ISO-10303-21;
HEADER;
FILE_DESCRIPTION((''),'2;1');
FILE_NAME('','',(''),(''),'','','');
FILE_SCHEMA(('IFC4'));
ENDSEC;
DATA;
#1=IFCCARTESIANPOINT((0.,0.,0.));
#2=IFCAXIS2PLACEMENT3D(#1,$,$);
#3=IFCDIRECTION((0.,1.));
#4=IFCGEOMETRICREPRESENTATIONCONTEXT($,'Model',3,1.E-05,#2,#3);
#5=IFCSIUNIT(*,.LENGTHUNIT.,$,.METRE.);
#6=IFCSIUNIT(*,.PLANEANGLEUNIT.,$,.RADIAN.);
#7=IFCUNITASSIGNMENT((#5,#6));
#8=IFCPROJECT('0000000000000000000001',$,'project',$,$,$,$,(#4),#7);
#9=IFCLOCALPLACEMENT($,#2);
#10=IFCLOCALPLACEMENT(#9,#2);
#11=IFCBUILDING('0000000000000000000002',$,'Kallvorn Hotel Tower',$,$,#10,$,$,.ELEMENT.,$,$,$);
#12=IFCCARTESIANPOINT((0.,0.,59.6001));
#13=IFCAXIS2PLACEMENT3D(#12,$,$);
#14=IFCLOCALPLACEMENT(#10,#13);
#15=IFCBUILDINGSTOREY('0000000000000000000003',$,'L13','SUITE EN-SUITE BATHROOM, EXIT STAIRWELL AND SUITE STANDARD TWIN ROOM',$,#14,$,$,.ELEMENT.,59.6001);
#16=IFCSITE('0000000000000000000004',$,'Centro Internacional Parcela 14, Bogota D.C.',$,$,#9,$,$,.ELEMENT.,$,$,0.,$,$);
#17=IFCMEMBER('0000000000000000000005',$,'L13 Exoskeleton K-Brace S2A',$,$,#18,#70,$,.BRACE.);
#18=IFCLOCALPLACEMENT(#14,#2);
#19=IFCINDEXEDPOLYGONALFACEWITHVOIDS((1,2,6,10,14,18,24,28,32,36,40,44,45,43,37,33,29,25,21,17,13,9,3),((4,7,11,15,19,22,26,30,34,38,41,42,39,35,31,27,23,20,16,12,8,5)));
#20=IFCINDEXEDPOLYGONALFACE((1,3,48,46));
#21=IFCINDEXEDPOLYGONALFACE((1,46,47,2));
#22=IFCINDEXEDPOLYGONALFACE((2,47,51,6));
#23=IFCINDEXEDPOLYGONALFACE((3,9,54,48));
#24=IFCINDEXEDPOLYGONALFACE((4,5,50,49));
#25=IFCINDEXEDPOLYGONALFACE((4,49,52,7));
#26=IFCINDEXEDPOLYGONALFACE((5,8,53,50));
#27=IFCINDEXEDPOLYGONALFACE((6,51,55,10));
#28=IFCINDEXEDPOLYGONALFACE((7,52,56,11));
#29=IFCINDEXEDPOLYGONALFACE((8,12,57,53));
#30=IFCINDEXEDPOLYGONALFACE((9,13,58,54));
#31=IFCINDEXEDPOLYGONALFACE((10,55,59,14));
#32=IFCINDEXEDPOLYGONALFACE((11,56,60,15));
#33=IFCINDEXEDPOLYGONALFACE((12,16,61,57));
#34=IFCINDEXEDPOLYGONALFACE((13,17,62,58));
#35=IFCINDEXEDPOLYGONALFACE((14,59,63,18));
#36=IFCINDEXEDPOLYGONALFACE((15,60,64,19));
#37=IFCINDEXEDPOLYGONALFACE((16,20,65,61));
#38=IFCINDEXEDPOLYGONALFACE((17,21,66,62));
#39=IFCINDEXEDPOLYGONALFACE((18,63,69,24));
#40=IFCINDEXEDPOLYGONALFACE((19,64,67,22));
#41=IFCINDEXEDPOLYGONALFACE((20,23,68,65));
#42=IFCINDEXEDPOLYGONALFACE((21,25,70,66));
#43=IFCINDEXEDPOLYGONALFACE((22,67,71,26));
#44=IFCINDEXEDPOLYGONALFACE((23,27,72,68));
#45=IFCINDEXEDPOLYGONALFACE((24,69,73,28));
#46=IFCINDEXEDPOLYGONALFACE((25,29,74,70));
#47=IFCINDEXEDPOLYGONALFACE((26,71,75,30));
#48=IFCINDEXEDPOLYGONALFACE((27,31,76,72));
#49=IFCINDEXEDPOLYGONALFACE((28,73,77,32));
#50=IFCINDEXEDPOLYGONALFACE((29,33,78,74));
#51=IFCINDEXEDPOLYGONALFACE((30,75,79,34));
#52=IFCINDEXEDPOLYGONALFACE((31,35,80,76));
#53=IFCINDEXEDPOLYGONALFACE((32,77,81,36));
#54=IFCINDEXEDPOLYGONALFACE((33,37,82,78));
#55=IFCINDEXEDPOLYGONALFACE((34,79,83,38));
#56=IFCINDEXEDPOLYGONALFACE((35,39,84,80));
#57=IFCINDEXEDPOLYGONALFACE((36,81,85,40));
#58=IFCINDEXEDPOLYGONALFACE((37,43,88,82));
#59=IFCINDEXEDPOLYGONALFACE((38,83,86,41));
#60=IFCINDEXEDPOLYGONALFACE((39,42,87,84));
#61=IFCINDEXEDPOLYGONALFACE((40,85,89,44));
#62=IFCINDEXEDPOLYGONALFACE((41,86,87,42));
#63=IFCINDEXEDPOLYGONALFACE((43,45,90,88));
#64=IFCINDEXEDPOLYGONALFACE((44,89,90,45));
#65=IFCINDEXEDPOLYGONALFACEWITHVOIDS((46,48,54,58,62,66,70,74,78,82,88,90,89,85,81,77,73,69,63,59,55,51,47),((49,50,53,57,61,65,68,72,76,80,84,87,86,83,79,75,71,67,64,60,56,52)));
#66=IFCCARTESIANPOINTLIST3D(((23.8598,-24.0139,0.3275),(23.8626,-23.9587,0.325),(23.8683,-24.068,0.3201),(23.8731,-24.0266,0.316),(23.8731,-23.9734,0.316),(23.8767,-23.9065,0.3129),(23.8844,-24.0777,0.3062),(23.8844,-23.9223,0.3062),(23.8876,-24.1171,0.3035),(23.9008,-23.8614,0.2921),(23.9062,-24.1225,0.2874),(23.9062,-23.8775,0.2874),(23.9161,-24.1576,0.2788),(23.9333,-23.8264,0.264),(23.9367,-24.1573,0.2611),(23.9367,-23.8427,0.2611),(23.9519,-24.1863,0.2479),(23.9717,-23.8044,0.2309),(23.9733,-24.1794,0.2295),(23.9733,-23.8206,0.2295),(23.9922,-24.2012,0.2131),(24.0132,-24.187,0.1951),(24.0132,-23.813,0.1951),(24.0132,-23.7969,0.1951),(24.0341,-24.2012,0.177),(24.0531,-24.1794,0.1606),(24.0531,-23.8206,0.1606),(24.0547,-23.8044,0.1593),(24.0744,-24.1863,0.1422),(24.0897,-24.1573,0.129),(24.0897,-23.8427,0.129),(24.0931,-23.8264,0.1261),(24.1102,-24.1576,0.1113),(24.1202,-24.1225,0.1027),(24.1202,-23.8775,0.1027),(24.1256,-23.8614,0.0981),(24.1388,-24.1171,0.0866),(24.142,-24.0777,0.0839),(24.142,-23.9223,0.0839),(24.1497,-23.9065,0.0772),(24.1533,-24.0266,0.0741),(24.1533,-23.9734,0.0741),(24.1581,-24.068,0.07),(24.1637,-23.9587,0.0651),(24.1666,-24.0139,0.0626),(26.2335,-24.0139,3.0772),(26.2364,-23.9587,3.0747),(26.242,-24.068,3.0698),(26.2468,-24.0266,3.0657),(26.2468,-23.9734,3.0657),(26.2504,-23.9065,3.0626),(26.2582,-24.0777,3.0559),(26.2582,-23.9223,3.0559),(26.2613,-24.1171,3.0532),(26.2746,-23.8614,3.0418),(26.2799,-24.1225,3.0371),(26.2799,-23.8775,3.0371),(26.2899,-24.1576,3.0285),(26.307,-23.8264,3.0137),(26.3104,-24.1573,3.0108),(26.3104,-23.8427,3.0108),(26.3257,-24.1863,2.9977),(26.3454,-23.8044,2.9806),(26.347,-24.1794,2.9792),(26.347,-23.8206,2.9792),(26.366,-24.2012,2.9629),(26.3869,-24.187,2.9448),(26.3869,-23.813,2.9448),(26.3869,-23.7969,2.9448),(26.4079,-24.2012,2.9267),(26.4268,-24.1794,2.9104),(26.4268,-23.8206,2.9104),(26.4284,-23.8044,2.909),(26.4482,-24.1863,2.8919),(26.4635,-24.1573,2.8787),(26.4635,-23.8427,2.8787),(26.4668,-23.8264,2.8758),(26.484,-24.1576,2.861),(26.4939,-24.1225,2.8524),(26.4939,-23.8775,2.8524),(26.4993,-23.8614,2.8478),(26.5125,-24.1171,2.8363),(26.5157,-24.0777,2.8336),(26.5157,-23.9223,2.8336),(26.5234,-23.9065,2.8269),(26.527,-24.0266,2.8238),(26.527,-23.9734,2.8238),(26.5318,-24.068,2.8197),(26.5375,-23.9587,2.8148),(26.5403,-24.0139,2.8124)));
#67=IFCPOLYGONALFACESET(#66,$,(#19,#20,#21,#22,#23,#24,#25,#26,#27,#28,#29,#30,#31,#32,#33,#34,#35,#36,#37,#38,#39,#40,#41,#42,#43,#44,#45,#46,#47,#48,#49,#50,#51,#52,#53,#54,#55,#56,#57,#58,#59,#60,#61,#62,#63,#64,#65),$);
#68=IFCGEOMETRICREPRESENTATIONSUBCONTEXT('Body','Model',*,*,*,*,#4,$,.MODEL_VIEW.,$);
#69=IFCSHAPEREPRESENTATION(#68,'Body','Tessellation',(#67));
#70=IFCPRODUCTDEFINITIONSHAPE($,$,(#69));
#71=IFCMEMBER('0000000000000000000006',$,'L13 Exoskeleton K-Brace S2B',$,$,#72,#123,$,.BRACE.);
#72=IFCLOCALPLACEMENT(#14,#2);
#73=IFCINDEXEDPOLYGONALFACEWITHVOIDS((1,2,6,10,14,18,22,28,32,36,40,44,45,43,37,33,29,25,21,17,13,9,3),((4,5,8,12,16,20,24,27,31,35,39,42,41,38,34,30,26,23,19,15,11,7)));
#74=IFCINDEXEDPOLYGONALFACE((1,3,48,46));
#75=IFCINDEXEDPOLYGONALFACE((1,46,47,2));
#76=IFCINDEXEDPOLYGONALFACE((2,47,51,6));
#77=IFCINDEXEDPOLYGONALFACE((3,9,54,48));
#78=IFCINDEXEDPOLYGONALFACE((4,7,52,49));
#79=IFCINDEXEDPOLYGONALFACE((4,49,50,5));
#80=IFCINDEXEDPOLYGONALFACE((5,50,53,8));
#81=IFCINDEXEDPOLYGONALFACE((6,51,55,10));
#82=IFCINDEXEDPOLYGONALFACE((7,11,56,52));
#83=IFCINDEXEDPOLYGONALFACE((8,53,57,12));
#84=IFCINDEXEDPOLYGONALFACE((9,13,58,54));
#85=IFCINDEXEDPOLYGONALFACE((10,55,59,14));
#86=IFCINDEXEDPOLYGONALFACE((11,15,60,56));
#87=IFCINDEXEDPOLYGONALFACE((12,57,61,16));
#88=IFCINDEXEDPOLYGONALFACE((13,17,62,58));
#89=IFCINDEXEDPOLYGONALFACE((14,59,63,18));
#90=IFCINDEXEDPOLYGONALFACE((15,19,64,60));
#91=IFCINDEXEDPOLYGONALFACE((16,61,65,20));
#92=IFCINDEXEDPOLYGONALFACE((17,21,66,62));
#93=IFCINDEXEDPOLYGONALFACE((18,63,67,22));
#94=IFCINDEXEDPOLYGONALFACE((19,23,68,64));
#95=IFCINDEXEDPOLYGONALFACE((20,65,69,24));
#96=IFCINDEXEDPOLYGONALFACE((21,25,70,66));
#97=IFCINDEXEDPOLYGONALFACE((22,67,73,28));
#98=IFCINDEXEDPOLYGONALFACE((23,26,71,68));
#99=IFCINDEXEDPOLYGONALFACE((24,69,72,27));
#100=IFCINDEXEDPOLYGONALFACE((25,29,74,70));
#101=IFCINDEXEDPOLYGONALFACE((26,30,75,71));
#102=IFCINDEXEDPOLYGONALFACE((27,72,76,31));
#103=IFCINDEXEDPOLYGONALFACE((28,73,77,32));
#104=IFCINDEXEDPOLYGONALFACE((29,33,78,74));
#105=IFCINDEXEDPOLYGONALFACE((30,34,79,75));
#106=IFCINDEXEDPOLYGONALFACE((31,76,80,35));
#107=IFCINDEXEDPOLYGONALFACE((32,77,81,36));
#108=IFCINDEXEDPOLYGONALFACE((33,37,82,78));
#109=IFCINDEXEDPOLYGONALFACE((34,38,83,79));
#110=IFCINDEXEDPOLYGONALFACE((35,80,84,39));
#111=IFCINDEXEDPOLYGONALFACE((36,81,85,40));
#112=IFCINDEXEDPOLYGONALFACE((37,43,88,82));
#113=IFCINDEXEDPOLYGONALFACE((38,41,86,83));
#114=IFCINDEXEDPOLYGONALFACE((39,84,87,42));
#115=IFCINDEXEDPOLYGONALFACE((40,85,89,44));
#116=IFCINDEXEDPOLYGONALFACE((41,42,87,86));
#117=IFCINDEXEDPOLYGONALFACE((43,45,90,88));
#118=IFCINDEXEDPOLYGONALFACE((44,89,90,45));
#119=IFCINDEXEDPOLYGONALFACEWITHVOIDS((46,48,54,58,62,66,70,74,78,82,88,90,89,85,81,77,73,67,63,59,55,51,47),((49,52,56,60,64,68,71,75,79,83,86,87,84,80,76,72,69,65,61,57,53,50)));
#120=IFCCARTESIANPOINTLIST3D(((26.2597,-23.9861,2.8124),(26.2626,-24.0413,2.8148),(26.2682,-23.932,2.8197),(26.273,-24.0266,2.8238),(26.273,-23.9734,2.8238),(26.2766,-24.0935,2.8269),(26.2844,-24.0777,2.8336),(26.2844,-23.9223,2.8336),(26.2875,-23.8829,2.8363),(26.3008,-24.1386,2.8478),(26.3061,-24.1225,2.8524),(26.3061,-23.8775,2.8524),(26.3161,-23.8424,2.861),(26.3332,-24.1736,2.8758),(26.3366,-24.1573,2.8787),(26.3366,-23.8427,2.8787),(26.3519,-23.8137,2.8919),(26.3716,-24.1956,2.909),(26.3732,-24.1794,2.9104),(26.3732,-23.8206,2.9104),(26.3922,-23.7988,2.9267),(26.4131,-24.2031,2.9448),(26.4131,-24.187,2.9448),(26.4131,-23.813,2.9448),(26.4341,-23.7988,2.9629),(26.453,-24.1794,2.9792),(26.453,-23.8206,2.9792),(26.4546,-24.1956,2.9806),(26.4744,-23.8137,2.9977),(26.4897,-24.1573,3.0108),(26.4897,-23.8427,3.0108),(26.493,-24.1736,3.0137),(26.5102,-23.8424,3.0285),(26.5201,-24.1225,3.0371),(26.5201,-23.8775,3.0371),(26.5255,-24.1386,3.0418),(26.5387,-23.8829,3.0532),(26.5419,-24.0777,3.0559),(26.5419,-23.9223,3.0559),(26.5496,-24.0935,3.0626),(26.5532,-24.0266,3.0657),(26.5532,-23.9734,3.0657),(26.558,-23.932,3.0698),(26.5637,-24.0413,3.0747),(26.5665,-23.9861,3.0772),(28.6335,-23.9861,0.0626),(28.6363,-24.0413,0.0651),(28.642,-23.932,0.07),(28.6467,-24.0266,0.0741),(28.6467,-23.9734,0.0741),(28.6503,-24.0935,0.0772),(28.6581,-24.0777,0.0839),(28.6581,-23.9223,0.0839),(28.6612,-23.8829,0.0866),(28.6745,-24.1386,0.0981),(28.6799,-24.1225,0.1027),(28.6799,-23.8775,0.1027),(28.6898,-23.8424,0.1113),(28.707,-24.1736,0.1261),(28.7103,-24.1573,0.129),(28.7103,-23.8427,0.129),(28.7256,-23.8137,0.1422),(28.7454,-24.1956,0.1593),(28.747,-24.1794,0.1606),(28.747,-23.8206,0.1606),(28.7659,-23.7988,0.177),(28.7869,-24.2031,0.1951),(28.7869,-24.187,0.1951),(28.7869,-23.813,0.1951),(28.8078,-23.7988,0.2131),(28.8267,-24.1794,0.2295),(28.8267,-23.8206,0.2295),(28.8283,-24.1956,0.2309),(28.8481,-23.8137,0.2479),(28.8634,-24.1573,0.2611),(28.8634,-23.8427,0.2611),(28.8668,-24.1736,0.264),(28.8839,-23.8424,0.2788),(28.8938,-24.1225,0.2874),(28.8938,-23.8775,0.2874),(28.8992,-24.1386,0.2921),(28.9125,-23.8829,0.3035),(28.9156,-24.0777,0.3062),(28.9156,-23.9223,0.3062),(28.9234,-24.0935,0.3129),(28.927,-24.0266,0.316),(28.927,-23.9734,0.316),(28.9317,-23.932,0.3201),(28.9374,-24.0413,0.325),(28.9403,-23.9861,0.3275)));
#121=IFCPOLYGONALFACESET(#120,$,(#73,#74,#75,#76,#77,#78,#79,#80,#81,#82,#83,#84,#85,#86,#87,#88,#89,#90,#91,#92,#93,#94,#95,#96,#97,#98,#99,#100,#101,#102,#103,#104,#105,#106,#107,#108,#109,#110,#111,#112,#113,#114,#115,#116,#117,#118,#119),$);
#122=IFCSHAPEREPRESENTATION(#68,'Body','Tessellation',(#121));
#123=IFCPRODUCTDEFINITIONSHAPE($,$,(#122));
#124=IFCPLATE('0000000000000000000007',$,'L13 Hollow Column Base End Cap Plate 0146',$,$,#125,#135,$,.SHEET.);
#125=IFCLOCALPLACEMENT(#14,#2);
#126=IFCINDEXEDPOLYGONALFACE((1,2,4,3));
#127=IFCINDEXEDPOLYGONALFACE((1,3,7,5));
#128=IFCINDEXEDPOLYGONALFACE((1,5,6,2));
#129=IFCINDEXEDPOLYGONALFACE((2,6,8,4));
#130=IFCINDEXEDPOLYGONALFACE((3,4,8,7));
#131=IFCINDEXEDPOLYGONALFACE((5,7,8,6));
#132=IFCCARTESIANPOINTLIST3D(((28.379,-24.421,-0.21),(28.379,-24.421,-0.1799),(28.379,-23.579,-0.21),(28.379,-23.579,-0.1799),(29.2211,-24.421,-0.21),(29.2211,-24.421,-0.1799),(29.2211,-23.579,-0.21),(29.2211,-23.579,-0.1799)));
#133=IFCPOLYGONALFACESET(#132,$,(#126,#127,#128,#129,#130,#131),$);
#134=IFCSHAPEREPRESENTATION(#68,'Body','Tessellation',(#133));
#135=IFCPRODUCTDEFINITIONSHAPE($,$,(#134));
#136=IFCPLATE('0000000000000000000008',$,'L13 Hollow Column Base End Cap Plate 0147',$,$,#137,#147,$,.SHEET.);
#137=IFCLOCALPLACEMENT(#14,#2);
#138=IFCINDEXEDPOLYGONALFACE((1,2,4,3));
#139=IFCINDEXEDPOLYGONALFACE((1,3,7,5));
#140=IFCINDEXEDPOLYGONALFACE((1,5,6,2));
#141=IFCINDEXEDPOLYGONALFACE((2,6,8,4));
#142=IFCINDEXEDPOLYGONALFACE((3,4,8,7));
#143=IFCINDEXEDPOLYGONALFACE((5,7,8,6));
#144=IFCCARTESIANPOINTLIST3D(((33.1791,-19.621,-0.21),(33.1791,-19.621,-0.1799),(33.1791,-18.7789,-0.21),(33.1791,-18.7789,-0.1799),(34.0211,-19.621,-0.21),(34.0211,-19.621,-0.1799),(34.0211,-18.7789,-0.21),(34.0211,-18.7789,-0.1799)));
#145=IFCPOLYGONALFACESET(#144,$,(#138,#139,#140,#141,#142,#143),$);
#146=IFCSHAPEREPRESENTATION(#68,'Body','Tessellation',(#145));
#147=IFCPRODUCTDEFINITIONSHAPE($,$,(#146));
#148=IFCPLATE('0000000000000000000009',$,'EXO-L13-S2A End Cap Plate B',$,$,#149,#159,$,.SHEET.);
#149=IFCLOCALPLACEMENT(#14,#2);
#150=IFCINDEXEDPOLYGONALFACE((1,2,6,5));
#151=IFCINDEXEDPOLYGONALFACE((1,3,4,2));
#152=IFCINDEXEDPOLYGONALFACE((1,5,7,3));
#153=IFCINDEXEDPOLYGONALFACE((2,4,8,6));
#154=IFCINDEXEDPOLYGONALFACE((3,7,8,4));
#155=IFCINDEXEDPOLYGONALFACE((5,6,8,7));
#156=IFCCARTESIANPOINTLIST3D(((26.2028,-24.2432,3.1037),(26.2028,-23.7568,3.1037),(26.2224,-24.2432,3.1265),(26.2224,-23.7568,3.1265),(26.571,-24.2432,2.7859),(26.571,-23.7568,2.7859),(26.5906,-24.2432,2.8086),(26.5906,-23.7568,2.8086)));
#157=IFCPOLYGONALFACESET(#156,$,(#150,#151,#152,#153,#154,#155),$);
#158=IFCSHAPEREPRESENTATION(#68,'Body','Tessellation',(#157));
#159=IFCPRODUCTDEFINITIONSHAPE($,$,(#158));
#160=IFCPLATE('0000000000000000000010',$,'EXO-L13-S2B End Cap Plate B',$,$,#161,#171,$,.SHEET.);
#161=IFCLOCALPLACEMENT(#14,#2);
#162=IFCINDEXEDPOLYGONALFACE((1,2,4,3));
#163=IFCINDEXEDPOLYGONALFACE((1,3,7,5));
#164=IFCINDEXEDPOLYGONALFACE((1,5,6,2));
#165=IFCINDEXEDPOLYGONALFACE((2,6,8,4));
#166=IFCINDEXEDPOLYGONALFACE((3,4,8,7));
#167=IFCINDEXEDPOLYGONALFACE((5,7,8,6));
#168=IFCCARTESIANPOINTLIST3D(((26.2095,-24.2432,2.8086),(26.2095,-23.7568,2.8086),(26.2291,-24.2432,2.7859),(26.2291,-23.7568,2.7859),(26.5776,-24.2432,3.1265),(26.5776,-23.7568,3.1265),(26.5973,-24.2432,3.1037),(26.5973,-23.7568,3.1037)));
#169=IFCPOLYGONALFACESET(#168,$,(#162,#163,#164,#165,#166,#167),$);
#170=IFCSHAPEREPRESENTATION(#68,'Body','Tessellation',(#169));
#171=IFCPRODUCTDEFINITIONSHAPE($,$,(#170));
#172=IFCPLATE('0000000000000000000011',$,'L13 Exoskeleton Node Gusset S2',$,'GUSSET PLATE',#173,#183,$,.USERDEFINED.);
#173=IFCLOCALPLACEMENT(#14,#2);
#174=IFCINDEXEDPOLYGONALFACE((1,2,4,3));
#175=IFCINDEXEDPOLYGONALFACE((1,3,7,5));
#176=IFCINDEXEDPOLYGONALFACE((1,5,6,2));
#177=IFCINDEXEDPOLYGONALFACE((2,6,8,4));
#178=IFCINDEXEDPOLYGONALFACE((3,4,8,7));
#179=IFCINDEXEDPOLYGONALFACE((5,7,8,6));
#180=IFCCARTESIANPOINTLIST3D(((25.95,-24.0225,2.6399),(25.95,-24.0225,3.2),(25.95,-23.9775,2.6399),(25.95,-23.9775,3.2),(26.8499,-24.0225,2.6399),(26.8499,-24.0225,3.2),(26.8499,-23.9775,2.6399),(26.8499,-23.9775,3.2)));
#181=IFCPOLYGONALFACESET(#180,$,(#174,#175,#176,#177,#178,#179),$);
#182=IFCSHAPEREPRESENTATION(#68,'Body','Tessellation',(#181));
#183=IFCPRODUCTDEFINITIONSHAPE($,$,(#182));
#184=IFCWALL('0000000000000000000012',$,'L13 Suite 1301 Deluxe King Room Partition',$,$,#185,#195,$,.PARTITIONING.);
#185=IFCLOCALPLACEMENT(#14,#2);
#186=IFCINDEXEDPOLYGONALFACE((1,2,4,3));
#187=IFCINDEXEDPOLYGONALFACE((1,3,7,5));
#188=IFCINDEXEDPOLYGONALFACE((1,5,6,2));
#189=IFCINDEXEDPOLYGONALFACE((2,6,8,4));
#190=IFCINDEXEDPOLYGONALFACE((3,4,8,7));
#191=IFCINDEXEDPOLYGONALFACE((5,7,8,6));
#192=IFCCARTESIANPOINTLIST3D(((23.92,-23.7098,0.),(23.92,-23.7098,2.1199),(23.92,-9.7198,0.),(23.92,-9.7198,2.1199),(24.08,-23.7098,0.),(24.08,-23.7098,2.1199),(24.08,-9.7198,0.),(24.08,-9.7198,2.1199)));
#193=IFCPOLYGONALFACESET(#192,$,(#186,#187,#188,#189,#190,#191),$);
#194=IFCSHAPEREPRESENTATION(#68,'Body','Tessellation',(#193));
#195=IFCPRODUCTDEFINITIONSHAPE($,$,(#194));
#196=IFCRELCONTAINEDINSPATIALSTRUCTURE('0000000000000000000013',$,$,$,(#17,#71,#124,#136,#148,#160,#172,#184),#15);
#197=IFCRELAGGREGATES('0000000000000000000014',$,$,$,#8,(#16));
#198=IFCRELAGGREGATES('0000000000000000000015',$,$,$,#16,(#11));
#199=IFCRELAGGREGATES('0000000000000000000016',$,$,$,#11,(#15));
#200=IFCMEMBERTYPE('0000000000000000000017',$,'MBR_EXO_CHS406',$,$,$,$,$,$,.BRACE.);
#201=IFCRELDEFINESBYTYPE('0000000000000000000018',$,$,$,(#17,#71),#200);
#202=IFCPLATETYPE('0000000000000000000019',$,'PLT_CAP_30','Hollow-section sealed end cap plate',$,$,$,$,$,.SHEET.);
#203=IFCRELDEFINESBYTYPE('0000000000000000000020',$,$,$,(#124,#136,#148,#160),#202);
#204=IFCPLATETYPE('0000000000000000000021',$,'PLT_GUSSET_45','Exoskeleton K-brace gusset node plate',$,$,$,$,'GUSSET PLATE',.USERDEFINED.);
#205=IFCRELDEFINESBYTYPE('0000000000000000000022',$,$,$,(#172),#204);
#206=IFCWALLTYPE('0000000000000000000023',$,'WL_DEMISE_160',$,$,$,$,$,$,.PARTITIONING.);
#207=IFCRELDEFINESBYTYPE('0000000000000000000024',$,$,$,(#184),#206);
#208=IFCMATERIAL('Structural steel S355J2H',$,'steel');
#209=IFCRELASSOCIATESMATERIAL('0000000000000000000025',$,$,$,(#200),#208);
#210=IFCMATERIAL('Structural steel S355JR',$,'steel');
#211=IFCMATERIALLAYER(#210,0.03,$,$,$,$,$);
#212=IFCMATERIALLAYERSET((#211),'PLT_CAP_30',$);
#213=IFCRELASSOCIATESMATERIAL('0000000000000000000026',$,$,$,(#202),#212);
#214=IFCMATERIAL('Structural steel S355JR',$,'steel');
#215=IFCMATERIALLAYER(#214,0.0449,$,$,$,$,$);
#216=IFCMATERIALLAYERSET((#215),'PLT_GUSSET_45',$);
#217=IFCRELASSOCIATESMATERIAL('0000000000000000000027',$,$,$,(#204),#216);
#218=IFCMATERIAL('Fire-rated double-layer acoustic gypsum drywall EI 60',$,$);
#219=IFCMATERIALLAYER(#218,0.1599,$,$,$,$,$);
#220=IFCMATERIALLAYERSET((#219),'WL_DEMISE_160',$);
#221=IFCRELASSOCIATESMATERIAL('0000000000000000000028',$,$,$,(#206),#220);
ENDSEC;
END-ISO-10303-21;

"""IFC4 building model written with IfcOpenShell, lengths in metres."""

from ifc_helpers import new_model, si_unit, direction, frame, frame_2d, origin, origin_2d, place, context, subcontext, project, spatial, polyline, rectangle, hollow_circle, outline, extrude, material, layer, layer_set, material_profile, profile_set, type_object, element, save


model = new_model("IFC4")

# Units and contexts
model_context = context("Model", 3, precision=1e-05, world=origin(), true_north=direction((0.0, 1.0)))
body_context = subcontext(model_context, "Body", "Model", "MODEL_VIEW")
ifc_project = project(units=[si_unit("LENGTHUNIT", "METRE"), si_unit("PLANEANGLEUNIT", "RADIAN")], contexts=[model_context])

# Site, building, storey
site_placement = place(None, origin())
site = spatial("IfcSite", under=ifc_project, at=site_placement, Name="Centro Internacional Parcela 14, Bogota D.C.", CompositionType="ELEMENT", RefElevation=0.0)
building_placement = place(site_placement, origin())
building = spatial("IfcBuilding", under=site, at=building_placement, Name="Kallvorn Hotel Tower", CompositionType="ELEMENT")
storey_placement = place(building_placement, frame((0.0, 0.0, 59.6001)))
storey = spatial("IfcBuildingStorey", under=building, at=storey_placement, Name="L13", Description="SUITE EN-SUITE BATHROOM, EXIT STAIRWELL AND SUITE STANDARD TWIN ROOM", CompositionType="ELEMENT", Elevation=59.6001)

# Members
ifc_material_1 = material(Name="Structural steel S355J2H", Category="steel")
ifc_material_profile_1 = material_profile(ifc_material_1, hollow_circle(Radius=0.2031, WallThickness=0.0161, at=origin_2d()), Name="CHS 406.4x16")
ifc_profile_set_1 = profile_set([ifc_material_profile_1], Name="Structural steel S355J2H")
member_type = type_object("IfcMemberType", Name="MBR_EXO_CHS406", PredefinedType="BRACE", material=ifc_profile_set_1)
for number, where, z_axis, x_axis, name in (
    (1, (24.0132, -24.0, 0.1951), (0.653461, 0.0, 0.756961), (0.0, 1.0, 0.0), "L13 Exoskeleton K-Brace S2A"),
    (2, (28.7869, -24.0, 0.1951), (-0.653461, 0.0, 0.756961), (0.0, -1.0, 0.0), "L13 Exoskeleton K-Brace S2B"),
):
    element("IfcMember", number, at=place(storey_placement, frame(where, z_axis=z_axis, x_axis=x_axis)), inside=storey, type_object=member_type, Name=name, PredefinedType="BRACE", context=body_context, shape_type="SweptSolid", body=[
        extrude(hollow_circle(Radius=0.2031, WallThickness=0.0161, at=origin_2d()), origin(), (0.0, 0.0, 1.0), 3.6326),
    ])

# Plates
ifc_material_2 = material(Name="Structural steel S355JR", Category="steel")
ifc_layer_1 = layer(ifc_material_2, 0.03)
ifc_layer_set_1 = layer_set([ifc_layer_1], Name="PLT_CAP_30")
plate_type_1 = type_object("IfcPlateType", Name="PLT_CAP_30", Description="Hollow-section sealed end cap plate", PredefinedType="SHEET", material=ifc_layer_set_1)
for number, where, z_axis, x_axis, name in (
    (3, (28.8, -24.0, -0.21), (0.0, 0.0, 1.0), (1.0, 0.0, 0.0), "L13 Hollow Column Base End Cap Plate 0146"),
    (4, (33.6001, -19.2, -0.21), (0.0, 0.0, 1.0), (1.0, 0.0, 0.0), "L13 Hollow Column Base End Cap Plate 0147"),
):
    element("IfcPlate", number, at=place(storey_placement, frame(where, z_axis=z_axis, x_axis=x_axis)), inside=storey, type_object=plate_type_1, Name=name, PredefinedType="SHEET", context=body_context, shape_type="SweptSolid", body=[
        extrude(rectangle(XDim=0.842, YDim=0.842, at=origin_2d()), origin(), (0.0, 0.0, 1.0), 0.03),
    ])
for number, where, z_axis, x_axis, name in (
    (5, (26.5906, -24.2432, 2.8086), (0.653515, 0.0, 0.756913), (0.0, 1.0, 0.0), "EXO-L13-S2A End Cap Plate B"),
    (6, (26.2095, -23.7568, 2.8086), (-0.653515, 0.0, 0.756913), (0.0, -1.0, 0.0), "EXO-L13-S2B End Cap Plate B"),
):
    element("IfcPlate", number, at=place(storey_placement, frame(where, z_axis=z_axis, x_axis=x_axis)), inside=storey, type_object=plate_type_1, Name=name, PredefinedType="SHEET", context=body_context, shape_type="SweptSolid", body=[
        extrude(outline(polyline([(0.0, 0.0), (0.4863, 0.0), (0.4863, 0.4864), (0.0, 0.4864), (0.0, 0.0)])), origin(), (0.0, 0.0, -1.0), 0.03),
    ])
ifc_material_3 = material(Name="Structural steel S355JR", Category="steel")
ifc_layer_2 = layer(ifc_material_3, 0.0449)
ifc_layer_set_2 = layer_set([ifc_layer_2], Name="PLT_GUSSET_45")
plate_type_2 = type_object("IfcPlateType", Name="PLT_GUSSET_45", Description="Exoskeleton K-brace gusset node plate", ElementType="GUSSET PLATE", PredefinedType="USERDEFINED", material=ifc_layer_set_2)
plate_placement = place(storey_placement, frame((26.3999, -24.0, 2.6399), z_axis=(0.0, 0.0, 1.0), x_axis=(1.0, 0.0, 0.0)))
element("IfcPlate", 7, at=plate_placement, inside=storey, type_object=plate_type_2, Name="L13 Exoskeleton Node Gusset S2", ObjectType="GUSSET PLATE", PredefinedType="USERDEFINED", context=body_context, shape_type="SweptSolid", body=[
    extrude(rectangle(XDim=0.8999, YDim=0.0449, at=origin_2d()), origin(), (0.0, 0.0, 1.0), 0.5601),
])

# Wall
ifc_material_4 = material(Name="Fire-rated double-layer acoustic gypsum drywall EI 60")
ifc_layer_3 = layer(ifc_material_4, 0.1599)
ifc_layer_set_3 = layer_set([ifc_layer_3], Name="WL_DEMISE_160")
wall_type_1 = type_object("IfcWallType", Name="WL_DEMISE_160", PredefinedType="PARTITIONING", material=ifc_layer_set_3)
wall_1_placement = place(storey_placement, frame((24.0, -23.71, 0.0), z_axis=(0.0, 0.0, 1.0), x_axis=(0.0, 1.0, 0.0)))
element("IfcWall", 8, at=wall_1_placement, inside=storey, type_object=wall_type_1, Name="L13 Suite 1301 Deluxe King Room Partition", PredefinedType="PARTITIONING", context=body_context, shape_type="SweptSolid", body=[
    extrude(rectangle(XDim=13.99, YDim=0.1599, at=frame_2d((6.9951, 0.0))), origin(), (0.0, 0.0, 1.0), 2.1199),
])

save(model, "model.ifc")
